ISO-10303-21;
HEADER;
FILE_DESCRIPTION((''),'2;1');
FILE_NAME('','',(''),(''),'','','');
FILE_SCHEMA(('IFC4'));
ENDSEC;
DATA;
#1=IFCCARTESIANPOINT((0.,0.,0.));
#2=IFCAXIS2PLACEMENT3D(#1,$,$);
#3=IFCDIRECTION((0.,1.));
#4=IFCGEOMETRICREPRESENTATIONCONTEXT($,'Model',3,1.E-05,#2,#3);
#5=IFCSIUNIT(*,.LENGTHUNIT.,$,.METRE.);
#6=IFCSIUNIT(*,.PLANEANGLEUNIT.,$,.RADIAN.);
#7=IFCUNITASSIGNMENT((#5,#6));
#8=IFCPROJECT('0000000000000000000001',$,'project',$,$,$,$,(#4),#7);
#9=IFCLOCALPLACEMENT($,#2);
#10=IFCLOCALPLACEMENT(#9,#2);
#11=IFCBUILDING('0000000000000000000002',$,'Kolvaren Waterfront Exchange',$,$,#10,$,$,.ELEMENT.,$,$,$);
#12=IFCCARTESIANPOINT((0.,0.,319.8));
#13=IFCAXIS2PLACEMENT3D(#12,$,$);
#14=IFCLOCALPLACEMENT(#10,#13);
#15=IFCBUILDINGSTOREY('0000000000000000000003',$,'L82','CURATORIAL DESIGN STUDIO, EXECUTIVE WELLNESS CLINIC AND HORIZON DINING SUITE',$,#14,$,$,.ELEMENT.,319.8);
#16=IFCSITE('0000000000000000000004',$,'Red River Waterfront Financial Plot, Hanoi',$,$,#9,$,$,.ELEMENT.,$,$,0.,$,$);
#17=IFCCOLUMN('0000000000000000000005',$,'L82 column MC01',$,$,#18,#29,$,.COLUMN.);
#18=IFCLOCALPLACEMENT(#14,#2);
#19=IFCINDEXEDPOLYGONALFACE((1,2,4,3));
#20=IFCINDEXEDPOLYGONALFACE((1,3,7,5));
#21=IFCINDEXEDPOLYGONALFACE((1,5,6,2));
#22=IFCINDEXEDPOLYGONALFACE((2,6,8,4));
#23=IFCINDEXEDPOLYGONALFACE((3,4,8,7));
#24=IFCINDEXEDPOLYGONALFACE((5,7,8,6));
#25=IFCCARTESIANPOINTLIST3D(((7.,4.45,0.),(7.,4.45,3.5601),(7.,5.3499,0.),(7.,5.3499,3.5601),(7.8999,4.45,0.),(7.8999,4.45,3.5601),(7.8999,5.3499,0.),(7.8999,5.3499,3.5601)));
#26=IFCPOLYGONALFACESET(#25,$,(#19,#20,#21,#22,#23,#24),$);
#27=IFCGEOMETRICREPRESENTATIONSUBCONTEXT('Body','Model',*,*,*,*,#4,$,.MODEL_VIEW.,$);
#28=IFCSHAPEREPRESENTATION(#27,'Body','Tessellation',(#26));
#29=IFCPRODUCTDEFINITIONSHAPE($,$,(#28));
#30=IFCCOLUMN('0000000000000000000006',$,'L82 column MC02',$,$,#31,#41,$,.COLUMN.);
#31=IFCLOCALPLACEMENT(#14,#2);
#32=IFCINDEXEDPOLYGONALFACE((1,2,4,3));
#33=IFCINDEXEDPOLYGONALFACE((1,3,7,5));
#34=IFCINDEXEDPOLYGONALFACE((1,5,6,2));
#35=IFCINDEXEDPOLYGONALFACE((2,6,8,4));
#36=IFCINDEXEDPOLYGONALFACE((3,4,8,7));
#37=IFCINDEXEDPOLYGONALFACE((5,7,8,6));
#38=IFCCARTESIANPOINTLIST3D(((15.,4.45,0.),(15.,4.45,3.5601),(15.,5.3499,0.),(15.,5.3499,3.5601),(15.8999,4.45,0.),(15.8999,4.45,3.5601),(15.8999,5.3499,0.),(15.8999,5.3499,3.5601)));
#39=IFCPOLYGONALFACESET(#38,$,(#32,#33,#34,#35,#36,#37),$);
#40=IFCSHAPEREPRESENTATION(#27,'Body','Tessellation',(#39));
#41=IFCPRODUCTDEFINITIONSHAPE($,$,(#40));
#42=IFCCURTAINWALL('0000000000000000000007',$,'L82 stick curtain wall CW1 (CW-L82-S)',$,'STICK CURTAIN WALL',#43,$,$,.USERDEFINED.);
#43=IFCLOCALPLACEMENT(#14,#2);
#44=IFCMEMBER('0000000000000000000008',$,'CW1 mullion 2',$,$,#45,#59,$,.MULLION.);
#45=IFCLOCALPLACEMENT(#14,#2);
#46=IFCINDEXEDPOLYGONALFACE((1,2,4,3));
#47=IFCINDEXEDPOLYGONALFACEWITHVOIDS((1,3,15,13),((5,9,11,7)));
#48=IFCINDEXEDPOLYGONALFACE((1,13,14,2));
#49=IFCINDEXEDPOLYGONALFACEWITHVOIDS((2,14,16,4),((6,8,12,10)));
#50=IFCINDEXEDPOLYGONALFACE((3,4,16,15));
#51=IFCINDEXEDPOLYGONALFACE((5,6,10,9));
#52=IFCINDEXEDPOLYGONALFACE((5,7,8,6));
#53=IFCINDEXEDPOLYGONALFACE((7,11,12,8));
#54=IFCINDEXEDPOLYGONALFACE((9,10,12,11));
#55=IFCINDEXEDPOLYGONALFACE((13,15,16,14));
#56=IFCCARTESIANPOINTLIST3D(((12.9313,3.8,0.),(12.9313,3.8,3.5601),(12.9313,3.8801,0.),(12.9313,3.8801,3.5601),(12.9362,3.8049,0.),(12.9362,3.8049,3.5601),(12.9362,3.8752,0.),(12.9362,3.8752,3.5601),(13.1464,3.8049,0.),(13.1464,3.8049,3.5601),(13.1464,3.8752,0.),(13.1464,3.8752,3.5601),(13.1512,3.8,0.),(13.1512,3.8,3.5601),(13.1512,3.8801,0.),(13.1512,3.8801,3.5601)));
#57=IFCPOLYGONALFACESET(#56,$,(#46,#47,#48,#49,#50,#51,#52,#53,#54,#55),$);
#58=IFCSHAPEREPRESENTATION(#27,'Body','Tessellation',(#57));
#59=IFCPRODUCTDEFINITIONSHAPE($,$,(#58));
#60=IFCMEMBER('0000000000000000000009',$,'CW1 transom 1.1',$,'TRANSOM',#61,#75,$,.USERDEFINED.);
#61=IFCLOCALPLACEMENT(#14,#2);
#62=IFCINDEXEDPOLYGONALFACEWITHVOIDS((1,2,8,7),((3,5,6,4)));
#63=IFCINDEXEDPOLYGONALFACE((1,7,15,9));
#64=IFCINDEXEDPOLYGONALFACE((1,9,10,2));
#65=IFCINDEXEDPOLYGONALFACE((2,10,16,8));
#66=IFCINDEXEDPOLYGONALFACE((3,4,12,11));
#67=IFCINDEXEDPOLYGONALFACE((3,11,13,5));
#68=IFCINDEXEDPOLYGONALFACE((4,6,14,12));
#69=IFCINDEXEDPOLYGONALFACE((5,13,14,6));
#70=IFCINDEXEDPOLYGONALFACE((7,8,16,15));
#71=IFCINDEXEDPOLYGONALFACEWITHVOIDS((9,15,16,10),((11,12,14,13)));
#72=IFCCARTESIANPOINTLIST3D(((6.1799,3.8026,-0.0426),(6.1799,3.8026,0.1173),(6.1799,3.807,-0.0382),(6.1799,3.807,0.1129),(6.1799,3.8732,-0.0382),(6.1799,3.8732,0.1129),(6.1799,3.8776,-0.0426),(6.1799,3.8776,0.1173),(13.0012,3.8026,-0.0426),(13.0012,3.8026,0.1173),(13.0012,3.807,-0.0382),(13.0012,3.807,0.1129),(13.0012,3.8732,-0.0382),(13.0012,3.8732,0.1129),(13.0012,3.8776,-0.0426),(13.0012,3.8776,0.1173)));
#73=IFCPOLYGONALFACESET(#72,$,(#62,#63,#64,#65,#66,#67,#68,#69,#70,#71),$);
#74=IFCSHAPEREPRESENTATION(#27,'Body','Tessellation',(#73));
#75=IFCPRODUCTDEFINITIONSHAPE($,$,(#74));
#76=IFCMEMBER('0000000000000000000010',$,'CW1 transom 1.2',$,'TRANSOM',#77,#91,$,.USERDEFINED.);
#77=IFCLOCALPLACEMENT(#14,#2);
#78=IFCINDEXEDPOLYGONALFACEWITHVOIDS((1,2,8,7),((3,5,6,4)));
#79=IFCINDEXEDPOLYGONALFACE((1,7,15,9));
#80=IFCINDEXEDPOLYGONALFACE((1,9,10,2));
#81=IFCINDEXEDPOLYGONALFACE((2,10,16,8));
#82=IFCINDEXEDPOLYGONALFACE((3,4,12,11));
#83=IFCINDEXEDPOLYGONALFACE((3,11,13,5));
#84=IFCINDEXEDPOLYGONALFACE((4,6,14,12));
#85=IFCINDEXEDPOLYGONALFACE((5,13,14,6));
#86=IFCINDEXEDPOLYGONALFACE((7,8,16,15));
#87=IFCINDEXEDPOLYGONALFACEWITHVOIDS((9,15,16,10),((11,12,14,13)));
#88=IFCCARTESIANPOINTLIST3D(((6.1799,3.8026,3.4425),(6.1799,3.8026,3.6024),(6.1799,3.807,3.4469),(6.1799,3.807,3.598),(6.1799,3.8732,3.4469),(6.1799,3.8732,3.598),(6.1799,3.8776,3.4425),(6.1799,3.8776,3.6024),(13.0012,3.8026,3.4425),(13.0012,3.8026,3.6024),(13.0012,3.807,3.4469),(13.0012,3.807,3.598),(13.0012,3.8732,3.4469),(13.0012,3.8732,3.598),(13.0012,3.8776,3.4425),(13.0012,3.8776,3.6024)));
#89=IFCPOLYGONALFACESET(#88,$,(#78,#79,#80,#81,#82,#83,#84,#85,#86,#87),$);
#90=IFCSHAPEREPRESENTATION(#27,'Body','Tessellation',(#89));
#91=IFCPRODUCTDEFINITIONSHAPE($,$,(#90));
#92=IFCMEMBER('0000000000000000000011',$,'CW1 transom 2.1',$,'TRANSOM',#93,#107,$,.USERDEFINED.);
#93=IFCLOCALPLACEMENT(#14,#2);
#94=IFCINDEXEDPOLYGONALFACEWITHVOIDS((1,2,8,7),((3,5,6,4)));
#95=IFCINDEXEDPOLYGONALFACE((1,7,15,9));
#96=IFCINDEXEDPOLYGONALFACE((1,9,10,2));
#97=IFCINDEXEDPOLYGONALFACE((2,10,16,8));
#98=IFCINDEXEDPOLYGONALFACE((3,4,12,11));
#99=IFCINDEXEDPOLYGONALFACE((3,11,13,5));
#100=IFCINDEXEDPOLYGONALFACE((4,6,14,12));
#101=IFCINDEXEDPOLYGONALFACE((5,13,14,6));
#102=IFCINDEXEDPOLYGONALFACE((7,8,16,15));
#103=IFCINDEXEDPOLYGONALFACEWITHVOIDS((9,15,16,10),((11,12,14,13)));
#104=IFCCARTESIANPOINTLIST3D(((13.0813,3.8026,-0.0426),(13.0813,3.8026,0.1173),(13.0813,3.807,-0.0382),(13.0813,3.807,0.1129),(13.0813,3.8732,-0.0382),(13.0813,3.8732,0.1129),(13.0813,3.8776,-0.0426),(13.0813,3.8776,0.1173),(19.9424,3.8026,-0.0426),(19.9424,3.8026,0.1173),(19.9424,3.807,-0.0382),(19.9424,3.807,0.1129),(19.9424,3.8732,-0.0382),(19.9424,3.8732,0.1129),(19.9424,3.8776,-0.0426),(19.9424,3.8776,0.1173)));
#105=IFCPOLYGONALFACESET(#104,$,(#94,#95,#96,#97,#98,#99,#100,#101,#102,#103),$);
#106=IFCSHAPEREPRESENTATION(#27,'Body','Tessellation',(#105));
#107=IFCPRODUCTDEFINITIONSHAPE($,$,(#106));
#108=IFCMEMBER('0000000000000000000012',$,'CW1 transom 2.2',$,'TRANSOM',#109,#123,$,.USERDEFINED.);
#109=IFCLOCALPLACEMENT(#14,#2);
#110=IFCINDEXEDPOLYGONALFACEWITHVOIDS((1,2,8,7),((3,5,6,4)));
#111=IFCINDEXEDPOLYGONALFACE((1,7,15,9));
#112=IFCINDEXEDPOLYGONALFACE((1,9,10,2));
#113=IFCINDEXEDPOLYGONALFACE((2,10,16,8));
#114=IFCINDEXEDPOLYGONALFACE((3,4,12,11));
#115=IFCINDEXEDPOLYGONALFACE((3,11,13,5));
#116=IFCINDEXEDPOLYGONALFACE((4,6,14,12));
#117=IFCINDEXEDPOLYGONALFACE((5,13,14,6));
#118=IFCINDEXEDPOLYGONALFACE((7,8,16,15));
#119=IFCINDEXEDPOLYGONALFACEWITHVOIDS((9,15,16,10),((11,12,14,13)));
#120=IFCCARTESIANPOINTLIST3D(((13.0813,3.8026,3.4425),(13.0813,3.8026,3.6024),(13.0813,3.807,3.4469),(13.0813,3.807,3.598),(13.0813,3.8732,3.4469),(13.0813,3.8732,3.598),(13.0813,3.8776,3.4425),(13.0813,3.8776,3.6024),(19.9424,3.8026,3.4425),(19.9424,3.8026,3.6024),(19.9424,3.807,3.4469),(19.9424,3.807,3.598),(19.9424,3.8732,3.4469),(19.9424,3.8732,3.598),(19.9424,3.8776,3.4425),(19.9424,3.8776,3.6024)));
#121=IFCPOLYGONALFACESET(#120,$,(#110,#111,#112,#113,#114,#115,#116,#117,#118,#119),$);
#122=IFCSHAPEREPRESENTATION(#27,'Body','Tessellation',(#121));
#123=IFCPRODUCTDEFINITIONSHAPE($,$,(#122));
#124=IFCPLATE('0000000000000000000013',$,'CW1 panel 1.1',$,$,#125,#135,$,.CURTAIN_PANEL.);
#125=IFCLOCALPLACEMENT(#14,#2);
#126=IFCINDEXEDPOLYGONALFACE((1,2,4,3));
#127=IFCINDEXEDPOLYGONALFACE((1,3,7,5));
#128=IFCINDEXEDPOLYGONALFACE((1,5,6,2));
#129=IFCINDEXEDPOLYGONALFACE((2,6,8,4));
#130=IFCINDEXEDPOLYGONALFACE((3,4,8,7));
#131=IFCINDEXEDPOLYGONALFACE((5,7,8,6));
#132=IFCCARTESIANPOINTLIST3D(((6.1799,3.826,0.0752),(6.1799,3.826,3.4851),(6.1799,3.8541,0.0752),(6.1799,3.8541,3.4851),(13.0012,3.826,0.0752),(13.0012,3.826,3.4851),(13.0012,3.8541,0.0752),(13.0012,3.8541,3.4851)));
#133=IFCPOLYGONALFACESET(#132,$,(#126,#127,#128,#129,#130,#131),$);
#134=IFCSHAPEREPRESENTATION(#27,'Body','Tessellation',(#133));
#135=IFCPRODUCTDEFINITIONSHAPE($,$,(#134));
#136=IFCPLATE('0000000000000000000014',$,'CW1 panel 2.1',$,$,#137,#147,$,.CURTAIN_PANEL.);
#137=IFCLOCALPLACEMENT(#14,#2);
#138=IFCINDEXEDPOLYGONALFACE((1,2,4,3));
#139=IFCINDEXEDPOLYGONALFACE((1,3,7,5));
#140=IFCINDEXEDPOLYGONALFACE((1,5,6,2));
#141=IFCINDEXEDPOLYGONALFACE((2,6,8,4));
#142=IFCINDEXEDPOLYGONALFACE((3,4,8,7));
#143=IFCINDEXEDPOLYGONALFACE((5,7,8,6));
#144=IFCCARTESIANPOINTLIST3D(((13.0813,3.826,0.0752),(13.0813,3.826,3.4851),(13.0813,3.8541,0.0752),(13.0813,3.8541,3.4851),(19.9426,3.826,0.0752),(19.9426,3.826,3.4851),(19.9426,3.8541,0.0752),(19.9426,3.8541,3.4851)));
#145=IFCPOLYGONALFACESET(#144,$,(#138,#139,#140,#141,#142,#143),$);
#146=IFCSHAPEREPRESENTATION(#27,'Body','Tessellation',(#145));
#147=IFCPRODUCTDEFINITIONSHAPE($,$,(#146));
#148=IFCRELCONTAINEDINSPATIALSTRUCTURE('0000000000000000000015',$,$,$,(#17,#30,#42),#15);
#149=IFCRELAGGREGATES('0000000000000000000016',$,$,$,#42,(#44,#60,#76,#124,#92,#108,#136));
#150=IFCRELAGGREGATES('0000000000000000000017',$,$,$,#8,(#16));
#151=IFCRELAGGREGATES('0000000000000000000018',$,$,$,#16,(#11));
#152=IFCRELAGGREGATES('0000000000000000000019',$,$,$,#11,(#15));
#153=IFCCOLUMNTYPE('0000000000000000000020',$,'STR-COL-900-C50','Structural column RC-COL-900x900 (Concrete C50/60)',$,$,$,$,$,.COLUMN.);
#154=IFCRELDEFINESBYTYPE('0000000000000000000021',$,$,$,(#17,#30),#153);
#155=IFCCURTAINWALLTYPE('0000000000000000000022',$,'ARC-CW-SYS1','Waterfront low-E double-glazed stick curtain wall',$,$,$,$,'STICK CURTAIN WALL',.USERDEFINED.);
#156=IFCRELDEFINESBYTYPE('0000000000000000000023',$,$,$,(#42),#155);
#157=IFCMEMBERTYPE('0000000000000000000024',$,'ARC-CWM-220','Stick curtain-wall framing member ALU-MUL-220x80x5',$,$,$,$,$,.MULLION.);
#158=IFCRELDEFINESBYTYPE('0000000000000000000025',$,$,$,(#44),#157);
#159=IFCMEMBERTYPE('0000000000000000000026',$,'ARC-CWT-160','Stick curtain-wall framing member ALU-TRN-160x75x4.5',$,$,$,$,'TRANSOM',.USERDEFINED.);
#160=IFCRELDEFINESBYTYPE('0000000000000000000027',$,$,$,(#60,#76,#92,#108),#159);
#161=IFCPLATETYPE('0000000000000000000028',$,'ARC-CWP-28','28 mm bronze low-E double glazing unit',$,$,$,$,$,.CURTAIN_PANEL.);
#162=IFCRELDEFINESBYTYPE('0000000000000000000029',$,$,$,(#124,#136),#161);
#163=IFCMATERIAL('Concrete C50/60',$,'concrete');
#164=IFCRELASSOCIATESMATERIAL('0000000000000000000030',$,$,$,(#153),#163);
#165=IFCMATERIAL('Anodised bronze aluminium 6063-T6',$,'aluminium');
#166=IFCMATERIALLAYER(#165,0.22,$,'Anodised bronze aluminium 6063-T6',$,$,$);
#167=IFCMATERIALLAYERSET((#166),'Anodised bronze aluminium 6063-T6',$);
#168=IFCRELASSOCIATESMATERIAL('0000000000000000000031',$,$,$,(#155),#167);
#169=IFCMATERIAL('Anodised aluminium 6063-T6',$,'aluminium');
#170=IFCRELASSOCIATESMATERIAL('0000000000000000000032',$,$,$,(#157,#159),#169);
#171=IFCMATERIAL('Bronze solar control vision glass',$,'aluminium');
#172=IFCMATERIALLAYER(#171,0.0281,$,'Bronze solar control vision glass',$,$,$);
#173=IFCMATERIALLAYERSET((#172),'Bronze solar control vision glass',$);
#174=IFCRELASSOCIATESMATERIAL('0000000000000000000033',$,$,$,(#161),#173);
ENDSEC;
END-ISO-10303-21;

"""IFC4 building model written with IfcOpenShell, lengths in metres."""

from ifc_helpers import new_model, si_unit, direction, frame, origin, origin_with_axes, origin_2d, place, context, subcontext, project, spatial, rectangle, hollow_rectangle, extrude, source, transform, mapped, material, layer, layer_set, material_profile, profile_set, type_object, element, aggregate, save


model = new_model("IFC4")

# Units and contexts
model_context = context("Model", 3, precision=1e-05, world=origin(), true_north=direction((0.0, 1.0)))
body_context = subcontext(model_context, "Body", "Model", "MODEL_VIEW")
ifc_project = project(units=[si_unit("LENGTHUNIT", "METRE"), si_unit("PLANEANGLEUNIT", "RADIAN")], contexts=[model_context])

# Site, building, storey
site_placement = place(None, origin())
site = spatial("IfcSite", under=ifc_project, at=site_placement, Name="Red River Waterfront Financial Plot, Hanoi", CompositionType="ELEMENT", RefElevation=0.0)
building_placement = place(site_placement, origin())
building = spatial("IfcBuilding", under=site, at=building_placement, Name="Kolvaren Waterfront Exchange", CompositionType="ELEMENT")
storey_placement = place(building_placement, frame((0.0, 0.0, 319.8)))
storey = spatial("IfcBuildingStorey", under=building, at=storey_placement, Name="L82", Description="CURATORIAL DESIGN STUDIO, EXECUTIVE WELLNESS CLINIC AND HORIZON DINING SUITE", CompositionType="ELEMENT", Elevation=319.8)

# Columns
ifc_material_1 = material(Name="Concrete C50/60", Category="concrete")
ifc_material_profile_1 = material_profile(ifc_material_1, rectangle(XDim=0.8999, YDim=0.8999, at=origin_2d()), Name="RC-COL-900x900")
ifc_profile_set_1 = profile_set([ifc_material_profile_1], Name="Concrete C50/60")
column_type = type_object("IfcColumnType", Name="STR-COL-900-C50", Description="Structural column RC-COL-900x900 (Concrete C50/60)", PredefinedType="COLUMN", material=ifc_profile_set_1)
for number, where, z_axis, x_axis, name in (
    (1, (7.45, 4.8999, 0.0), (0.0, 0.0, 1.0), (1.0, 0.0, 0.0), "L82 column MC01"),
    (2, (15.45, 4.8999, 0.0), (0.0, 0.0, 1.0), (1.0, 0.0, 0.0), "L82 column MC02"),
):
    element("IfcColumn", number, at=place(storey_placement, frame(where, z_axis=z_axis, x_axis=x_axis)), inside=storey, type_object=column_type, Name=name, PredefinedType="COLUMN", context=body_context, shape_type="SweptSolid", body=[
        extrude(rectangle(XDim=0.8999, YDim=0.8999, at=origin_2d()), origin(), (0.0, 0.0, 1.0), 3.5601),
    ])

# Curtain wall, members, plates
ifc_material_2 = material(Name="Anodised bronze aluminium 6063-T6", Category="aluminium")
ifc_layer_1 = layer(ifc_material_2, 0.22, Name="Anodised bronze aluminium 6063-T6")
ifc_layer_set_1 = layer_set([ifc_layer_1], Name="Anodised bronze aluminium 6063-T6")
curtain_wall_type = type_object("IfcCurtainWallType", Name="ARC-CW-SYS1", Description="Waterfront low-E double-glazed stick curtain wall", ElementType="STICK CURTAIN WALL", PredefinedType="USERDEFINED", material=ifc_layer_set_1)
curtain_wall_placement = place(storey_placement, origin())
curtain_wall = element("IfcCurtainWall", 3, at=curtain_wall_placement, inside=storey, type_object=curtain_wall_type, Name="L82 stick curtain wall CW1 (CW-L82-S)", ObjectType="STICK CURTAIN WALL", PredefinedType="USERDEFINED")
ifc_material_3 = material(Name="Anodised aluminium 6063-T6", Category="aluminium")
ifc_material_profile_2 = material_profile(ifc_material_3, hollow_rectangle(XDim=0.0801, YDim=0.22, WallThickness=0.0049, at=origin_2d()), Name="ALU-MUL-220x80x5")
ifc_profile_set_2 = profile_set([ifc_material_profile_2], Name="Anodised aluminium 6063-T6")
member_type_1 = type_object("IfcMemberType", Name="ARC-CWM-220", Description="Stick curtain-wall framing member ALU-MUL-220x80x5", PredefinedType="MULLION", material=ifc_profile_set_2)
shared_shape_1 = source(origin_with_axes(), body_context, "Body", "SweptSolid", [
    extrude(hollow_rectangle(XDim=0.0801, YDim=0.22, WallThickness=0.0049, at=origin_2d()), origin(), (0.0, 0.0, 1.0), 3.5601),
])
member_1_placement = place(storey_placement, frame((13.0413, 3.8401, 0.0), z_axis=(0.0, 0.0, 1.0), x_axis=(0.0, 1.0, 0.0)))
member_1 = element("IfcMember", 4, at=member_1_placement, type_object=member_type_1, Name="CW1 mullion 2", PredefinedType="MULLION", context=body_context, shape_type="MappedRepresentation", body=[
    mapped(shared_shape_1, transform((0.0, 0.0, 0.0), x_axis=(1.0, 0.0, 0.0), y_axis=(0.0, 1.0, 0.0), z_axis=(0.0, 0.0, 1.0), scale=1.0)),
])
ifc_material_profile_3 = material_profile(ifc_material_3, hollow_rectangle(XDim=0.075, YDim=0.1599, WallThickness=0.0044, at=origin_2d()), Name="ALU-TRN-160x75x4.5")
ifc_profile_set_3 = profile_set([ifc_material_profile_3], Name="Anodised aluminium 6063-T6")
member_type_2 = type_object("IfcMemberType", Name="ARC-CWT-160", Description="Stick curtain-wall framing member ALU-TRN-160x75x4.5", ElementType="TRANSOM", PredefinedType="USERDEFINED", material=ifc_profile_set_3)
shared_shape_2 = source(origin_with_axes(), body_context, "Body", "SweptSolid", [
    extrude(hollow_rectangle(XDim=0.075, YDim=0.1599, WallThickness=0.0044, at=origin_2d()), origin(), (0.0, 0.0, 1.0), 6.8213),
])
member_2_placement = place(storey_placement, frame((6.1799, 3.8401, 0.0374), z_axis=(1.0, 0.0, 0.0), x_axis=(0.0, 1.0, 0.0)))
member_2 = element("IfcMember", 5, at=member_2_placement, type_object=member_type_2, Name="CW1 transom 1.1", ObjectType="TRANSOM", PredefinedType="USERDEFINED", context=body_context, shape_type="MappedRepresentation", body=[
    mapped(shared_shape_2, transform((0.0, 0.0, 0.0), x_axis=(1.0, 0.0, 0.0), y_axis=(0.0, 1.0, 0.0), z_axis=(0.0, 0.0, 1.0), scale=1.0)),
])
member_3_placement = place(storey_placement, frame((6.1799, 3.8401, 3.5225), z_axis=(1.0, 0.0, 0.0), x_axis=(0.0, 1.0, 0.0)))
member_3 = element("IfcMember", 6, at=member_3_placement, type_object=member_type_2, Name="CW1 transom 1.2", ObjectType="TRANSOM", PredefinedType="USERDEFINED", context=body_context, shape_type="MappedRepresentation", body=[
    mapped(shared_shape_2, transform((0.0, 0.0, 0.0), x_axis=(1.0, 0.0, 0.0), y_axis=(0.0, 1.0, 0.0), z_axis=(0.0, 0.0, 1.0), scale=1.0)),
])
shared_shape_3 = source(origin_with_axes(), body_context, "Body", "SweptSolid", [
    extrude(hollow_rectangle(XDim=0.075, YDim=0.1599, WallThickness=0.0044, at=origin_2d()), origin(), (0.0, 0.0, 1.0), 6.8611),
])
member_4_placement = place(storey_placement, frame((13.0813, 3.8401, 0.0374), z_axis=(1.0, 0.0, 0.0), x_axis=(0.0, 1.0, 0.0)))
member_4 = element("IfcMember", 7, at=member_4_placement, type_object=member_type_2, Name="CW1 transom 2.1", ObjectType="TRANSOM", PredefinedType="USERDEFINED", context=body_context, shape_type="MappedRepresentation", body=[
    mapped(shared_shape_3, transform((0.0, 0.0, 0.0), x_axis=(1.0, 0.0, 0.0), y_axis=(0.0, 1.0, 0.0), z_axis=(0.0, 0.0, 1.0), scale=1.0)),
])
member_5_placement = place(storey_placement, frame((13.0813, 3.8401, 3.5225), z_axis=(1.0, 0.0, 0.0), x_axis=(0.0, 1.0, 0.0)))
member_5 = element("IfcMember", 8, at=member_5_placement, type_object=member_type_2, Name="CW1 transom 2.2", ObjectType="TRANSOM", PredefinedType="USERDEFINED", context=body_context, shape_type="MappedRepresentation", body=[
    mapped(shared_shape_3, transform((0.0, 0.0, 0.0), x_axis=(1.0, 0.0, 0.0), y_axis=(0.0, 1.0, 0.0), z_axis=(0.0, 0.0, 1.0), scale=1.0)),
])
ifc_material_4 = material(Name="Bronze solar control vision glass", Category="aluminium")
ifc_layer_2 = layer(ifc_material_4, 0.0281, Name="Bronze solar control vision glass")
ifc_layer_set_2 = layer_set([ifc_layer_2], Name="Bronze solar control vision glass")
plate_type = type_object("IfcPlateType", Name="ARC-CWP-28", Description="28 mm bronze low-E double glazing unit", PredefinedType="CURTAIN_PANEL", material=ifc_layer_set_2)
shared_shape_4 = source(origin_with_axes(), body_context, "Body", "SweptSolid", [
    extrude(rectangle(XDim=6.8213, YDim=0.0281, at=origin_2d()), origin(), (0.0, 0.0, 1.0), 3.4099),
])
plate_1_placement = place(storey_placement, frame((9.5906, 3.8401, 0.0752), z_axis=(0.0, 0.0, 1.0), x_axis=(1.0, 0.0, 0.0)))
plate_1 = element("IfcPlate", 9, at=plate_1_placement, type_object=plate_type, Name="CW1 panel 1.1", PredefinedType="CURTAIN_PANEL", context=body_context, shape_type="MappedRepresentation", body=[
    mapped(shared_shape_4, transform((0.0, 0.0, 0.0), x_axis=(1.0, 0.0, 0.0), y_axis=(0.0, 1.0, 0.0), z_axis=(0.0, 0.0, 1.0), scale=1.0)),
])
shared_shape_5 = source(origin_with_axes(), body_context, "Body", "SweptSolid", [
    extrude(rectangle(XDim=6.8613, YDim=0.0281, at=origin_2d()), origin(), (0.0, 0.0, 1.0), 3.4099),
])
plate_2_placement = place(storey_placement, frame((16.512, 3.8401, 0.0752), z_axis=(0.0, 0.0, 1.0), x_axis=(1.0, 0.0, 0.0)))
plate_2 = element("IfcPlate", 10, at=plate_2_placement, type_object=plate_type, Name="CW1 panel 2.1", PredefinedType="CURTAIN_PANEL", context=body_context, shape_type="MappedRepresentation", body=[
    mapped(shared_shape_5, transform((0.0, 0.0, 0.0), x_axis=(1.0, 0.0, 0.0), y_axis=(0.0, 1.0, 0.0), z_axis=(0.0, 0.0, 1.0), scale=1.0)),
])
aggregate(curtain_wall, [member_1, member_2, member_3, plate_1, member_4, member_5, plate_2])

save(model, "model.ifc")
